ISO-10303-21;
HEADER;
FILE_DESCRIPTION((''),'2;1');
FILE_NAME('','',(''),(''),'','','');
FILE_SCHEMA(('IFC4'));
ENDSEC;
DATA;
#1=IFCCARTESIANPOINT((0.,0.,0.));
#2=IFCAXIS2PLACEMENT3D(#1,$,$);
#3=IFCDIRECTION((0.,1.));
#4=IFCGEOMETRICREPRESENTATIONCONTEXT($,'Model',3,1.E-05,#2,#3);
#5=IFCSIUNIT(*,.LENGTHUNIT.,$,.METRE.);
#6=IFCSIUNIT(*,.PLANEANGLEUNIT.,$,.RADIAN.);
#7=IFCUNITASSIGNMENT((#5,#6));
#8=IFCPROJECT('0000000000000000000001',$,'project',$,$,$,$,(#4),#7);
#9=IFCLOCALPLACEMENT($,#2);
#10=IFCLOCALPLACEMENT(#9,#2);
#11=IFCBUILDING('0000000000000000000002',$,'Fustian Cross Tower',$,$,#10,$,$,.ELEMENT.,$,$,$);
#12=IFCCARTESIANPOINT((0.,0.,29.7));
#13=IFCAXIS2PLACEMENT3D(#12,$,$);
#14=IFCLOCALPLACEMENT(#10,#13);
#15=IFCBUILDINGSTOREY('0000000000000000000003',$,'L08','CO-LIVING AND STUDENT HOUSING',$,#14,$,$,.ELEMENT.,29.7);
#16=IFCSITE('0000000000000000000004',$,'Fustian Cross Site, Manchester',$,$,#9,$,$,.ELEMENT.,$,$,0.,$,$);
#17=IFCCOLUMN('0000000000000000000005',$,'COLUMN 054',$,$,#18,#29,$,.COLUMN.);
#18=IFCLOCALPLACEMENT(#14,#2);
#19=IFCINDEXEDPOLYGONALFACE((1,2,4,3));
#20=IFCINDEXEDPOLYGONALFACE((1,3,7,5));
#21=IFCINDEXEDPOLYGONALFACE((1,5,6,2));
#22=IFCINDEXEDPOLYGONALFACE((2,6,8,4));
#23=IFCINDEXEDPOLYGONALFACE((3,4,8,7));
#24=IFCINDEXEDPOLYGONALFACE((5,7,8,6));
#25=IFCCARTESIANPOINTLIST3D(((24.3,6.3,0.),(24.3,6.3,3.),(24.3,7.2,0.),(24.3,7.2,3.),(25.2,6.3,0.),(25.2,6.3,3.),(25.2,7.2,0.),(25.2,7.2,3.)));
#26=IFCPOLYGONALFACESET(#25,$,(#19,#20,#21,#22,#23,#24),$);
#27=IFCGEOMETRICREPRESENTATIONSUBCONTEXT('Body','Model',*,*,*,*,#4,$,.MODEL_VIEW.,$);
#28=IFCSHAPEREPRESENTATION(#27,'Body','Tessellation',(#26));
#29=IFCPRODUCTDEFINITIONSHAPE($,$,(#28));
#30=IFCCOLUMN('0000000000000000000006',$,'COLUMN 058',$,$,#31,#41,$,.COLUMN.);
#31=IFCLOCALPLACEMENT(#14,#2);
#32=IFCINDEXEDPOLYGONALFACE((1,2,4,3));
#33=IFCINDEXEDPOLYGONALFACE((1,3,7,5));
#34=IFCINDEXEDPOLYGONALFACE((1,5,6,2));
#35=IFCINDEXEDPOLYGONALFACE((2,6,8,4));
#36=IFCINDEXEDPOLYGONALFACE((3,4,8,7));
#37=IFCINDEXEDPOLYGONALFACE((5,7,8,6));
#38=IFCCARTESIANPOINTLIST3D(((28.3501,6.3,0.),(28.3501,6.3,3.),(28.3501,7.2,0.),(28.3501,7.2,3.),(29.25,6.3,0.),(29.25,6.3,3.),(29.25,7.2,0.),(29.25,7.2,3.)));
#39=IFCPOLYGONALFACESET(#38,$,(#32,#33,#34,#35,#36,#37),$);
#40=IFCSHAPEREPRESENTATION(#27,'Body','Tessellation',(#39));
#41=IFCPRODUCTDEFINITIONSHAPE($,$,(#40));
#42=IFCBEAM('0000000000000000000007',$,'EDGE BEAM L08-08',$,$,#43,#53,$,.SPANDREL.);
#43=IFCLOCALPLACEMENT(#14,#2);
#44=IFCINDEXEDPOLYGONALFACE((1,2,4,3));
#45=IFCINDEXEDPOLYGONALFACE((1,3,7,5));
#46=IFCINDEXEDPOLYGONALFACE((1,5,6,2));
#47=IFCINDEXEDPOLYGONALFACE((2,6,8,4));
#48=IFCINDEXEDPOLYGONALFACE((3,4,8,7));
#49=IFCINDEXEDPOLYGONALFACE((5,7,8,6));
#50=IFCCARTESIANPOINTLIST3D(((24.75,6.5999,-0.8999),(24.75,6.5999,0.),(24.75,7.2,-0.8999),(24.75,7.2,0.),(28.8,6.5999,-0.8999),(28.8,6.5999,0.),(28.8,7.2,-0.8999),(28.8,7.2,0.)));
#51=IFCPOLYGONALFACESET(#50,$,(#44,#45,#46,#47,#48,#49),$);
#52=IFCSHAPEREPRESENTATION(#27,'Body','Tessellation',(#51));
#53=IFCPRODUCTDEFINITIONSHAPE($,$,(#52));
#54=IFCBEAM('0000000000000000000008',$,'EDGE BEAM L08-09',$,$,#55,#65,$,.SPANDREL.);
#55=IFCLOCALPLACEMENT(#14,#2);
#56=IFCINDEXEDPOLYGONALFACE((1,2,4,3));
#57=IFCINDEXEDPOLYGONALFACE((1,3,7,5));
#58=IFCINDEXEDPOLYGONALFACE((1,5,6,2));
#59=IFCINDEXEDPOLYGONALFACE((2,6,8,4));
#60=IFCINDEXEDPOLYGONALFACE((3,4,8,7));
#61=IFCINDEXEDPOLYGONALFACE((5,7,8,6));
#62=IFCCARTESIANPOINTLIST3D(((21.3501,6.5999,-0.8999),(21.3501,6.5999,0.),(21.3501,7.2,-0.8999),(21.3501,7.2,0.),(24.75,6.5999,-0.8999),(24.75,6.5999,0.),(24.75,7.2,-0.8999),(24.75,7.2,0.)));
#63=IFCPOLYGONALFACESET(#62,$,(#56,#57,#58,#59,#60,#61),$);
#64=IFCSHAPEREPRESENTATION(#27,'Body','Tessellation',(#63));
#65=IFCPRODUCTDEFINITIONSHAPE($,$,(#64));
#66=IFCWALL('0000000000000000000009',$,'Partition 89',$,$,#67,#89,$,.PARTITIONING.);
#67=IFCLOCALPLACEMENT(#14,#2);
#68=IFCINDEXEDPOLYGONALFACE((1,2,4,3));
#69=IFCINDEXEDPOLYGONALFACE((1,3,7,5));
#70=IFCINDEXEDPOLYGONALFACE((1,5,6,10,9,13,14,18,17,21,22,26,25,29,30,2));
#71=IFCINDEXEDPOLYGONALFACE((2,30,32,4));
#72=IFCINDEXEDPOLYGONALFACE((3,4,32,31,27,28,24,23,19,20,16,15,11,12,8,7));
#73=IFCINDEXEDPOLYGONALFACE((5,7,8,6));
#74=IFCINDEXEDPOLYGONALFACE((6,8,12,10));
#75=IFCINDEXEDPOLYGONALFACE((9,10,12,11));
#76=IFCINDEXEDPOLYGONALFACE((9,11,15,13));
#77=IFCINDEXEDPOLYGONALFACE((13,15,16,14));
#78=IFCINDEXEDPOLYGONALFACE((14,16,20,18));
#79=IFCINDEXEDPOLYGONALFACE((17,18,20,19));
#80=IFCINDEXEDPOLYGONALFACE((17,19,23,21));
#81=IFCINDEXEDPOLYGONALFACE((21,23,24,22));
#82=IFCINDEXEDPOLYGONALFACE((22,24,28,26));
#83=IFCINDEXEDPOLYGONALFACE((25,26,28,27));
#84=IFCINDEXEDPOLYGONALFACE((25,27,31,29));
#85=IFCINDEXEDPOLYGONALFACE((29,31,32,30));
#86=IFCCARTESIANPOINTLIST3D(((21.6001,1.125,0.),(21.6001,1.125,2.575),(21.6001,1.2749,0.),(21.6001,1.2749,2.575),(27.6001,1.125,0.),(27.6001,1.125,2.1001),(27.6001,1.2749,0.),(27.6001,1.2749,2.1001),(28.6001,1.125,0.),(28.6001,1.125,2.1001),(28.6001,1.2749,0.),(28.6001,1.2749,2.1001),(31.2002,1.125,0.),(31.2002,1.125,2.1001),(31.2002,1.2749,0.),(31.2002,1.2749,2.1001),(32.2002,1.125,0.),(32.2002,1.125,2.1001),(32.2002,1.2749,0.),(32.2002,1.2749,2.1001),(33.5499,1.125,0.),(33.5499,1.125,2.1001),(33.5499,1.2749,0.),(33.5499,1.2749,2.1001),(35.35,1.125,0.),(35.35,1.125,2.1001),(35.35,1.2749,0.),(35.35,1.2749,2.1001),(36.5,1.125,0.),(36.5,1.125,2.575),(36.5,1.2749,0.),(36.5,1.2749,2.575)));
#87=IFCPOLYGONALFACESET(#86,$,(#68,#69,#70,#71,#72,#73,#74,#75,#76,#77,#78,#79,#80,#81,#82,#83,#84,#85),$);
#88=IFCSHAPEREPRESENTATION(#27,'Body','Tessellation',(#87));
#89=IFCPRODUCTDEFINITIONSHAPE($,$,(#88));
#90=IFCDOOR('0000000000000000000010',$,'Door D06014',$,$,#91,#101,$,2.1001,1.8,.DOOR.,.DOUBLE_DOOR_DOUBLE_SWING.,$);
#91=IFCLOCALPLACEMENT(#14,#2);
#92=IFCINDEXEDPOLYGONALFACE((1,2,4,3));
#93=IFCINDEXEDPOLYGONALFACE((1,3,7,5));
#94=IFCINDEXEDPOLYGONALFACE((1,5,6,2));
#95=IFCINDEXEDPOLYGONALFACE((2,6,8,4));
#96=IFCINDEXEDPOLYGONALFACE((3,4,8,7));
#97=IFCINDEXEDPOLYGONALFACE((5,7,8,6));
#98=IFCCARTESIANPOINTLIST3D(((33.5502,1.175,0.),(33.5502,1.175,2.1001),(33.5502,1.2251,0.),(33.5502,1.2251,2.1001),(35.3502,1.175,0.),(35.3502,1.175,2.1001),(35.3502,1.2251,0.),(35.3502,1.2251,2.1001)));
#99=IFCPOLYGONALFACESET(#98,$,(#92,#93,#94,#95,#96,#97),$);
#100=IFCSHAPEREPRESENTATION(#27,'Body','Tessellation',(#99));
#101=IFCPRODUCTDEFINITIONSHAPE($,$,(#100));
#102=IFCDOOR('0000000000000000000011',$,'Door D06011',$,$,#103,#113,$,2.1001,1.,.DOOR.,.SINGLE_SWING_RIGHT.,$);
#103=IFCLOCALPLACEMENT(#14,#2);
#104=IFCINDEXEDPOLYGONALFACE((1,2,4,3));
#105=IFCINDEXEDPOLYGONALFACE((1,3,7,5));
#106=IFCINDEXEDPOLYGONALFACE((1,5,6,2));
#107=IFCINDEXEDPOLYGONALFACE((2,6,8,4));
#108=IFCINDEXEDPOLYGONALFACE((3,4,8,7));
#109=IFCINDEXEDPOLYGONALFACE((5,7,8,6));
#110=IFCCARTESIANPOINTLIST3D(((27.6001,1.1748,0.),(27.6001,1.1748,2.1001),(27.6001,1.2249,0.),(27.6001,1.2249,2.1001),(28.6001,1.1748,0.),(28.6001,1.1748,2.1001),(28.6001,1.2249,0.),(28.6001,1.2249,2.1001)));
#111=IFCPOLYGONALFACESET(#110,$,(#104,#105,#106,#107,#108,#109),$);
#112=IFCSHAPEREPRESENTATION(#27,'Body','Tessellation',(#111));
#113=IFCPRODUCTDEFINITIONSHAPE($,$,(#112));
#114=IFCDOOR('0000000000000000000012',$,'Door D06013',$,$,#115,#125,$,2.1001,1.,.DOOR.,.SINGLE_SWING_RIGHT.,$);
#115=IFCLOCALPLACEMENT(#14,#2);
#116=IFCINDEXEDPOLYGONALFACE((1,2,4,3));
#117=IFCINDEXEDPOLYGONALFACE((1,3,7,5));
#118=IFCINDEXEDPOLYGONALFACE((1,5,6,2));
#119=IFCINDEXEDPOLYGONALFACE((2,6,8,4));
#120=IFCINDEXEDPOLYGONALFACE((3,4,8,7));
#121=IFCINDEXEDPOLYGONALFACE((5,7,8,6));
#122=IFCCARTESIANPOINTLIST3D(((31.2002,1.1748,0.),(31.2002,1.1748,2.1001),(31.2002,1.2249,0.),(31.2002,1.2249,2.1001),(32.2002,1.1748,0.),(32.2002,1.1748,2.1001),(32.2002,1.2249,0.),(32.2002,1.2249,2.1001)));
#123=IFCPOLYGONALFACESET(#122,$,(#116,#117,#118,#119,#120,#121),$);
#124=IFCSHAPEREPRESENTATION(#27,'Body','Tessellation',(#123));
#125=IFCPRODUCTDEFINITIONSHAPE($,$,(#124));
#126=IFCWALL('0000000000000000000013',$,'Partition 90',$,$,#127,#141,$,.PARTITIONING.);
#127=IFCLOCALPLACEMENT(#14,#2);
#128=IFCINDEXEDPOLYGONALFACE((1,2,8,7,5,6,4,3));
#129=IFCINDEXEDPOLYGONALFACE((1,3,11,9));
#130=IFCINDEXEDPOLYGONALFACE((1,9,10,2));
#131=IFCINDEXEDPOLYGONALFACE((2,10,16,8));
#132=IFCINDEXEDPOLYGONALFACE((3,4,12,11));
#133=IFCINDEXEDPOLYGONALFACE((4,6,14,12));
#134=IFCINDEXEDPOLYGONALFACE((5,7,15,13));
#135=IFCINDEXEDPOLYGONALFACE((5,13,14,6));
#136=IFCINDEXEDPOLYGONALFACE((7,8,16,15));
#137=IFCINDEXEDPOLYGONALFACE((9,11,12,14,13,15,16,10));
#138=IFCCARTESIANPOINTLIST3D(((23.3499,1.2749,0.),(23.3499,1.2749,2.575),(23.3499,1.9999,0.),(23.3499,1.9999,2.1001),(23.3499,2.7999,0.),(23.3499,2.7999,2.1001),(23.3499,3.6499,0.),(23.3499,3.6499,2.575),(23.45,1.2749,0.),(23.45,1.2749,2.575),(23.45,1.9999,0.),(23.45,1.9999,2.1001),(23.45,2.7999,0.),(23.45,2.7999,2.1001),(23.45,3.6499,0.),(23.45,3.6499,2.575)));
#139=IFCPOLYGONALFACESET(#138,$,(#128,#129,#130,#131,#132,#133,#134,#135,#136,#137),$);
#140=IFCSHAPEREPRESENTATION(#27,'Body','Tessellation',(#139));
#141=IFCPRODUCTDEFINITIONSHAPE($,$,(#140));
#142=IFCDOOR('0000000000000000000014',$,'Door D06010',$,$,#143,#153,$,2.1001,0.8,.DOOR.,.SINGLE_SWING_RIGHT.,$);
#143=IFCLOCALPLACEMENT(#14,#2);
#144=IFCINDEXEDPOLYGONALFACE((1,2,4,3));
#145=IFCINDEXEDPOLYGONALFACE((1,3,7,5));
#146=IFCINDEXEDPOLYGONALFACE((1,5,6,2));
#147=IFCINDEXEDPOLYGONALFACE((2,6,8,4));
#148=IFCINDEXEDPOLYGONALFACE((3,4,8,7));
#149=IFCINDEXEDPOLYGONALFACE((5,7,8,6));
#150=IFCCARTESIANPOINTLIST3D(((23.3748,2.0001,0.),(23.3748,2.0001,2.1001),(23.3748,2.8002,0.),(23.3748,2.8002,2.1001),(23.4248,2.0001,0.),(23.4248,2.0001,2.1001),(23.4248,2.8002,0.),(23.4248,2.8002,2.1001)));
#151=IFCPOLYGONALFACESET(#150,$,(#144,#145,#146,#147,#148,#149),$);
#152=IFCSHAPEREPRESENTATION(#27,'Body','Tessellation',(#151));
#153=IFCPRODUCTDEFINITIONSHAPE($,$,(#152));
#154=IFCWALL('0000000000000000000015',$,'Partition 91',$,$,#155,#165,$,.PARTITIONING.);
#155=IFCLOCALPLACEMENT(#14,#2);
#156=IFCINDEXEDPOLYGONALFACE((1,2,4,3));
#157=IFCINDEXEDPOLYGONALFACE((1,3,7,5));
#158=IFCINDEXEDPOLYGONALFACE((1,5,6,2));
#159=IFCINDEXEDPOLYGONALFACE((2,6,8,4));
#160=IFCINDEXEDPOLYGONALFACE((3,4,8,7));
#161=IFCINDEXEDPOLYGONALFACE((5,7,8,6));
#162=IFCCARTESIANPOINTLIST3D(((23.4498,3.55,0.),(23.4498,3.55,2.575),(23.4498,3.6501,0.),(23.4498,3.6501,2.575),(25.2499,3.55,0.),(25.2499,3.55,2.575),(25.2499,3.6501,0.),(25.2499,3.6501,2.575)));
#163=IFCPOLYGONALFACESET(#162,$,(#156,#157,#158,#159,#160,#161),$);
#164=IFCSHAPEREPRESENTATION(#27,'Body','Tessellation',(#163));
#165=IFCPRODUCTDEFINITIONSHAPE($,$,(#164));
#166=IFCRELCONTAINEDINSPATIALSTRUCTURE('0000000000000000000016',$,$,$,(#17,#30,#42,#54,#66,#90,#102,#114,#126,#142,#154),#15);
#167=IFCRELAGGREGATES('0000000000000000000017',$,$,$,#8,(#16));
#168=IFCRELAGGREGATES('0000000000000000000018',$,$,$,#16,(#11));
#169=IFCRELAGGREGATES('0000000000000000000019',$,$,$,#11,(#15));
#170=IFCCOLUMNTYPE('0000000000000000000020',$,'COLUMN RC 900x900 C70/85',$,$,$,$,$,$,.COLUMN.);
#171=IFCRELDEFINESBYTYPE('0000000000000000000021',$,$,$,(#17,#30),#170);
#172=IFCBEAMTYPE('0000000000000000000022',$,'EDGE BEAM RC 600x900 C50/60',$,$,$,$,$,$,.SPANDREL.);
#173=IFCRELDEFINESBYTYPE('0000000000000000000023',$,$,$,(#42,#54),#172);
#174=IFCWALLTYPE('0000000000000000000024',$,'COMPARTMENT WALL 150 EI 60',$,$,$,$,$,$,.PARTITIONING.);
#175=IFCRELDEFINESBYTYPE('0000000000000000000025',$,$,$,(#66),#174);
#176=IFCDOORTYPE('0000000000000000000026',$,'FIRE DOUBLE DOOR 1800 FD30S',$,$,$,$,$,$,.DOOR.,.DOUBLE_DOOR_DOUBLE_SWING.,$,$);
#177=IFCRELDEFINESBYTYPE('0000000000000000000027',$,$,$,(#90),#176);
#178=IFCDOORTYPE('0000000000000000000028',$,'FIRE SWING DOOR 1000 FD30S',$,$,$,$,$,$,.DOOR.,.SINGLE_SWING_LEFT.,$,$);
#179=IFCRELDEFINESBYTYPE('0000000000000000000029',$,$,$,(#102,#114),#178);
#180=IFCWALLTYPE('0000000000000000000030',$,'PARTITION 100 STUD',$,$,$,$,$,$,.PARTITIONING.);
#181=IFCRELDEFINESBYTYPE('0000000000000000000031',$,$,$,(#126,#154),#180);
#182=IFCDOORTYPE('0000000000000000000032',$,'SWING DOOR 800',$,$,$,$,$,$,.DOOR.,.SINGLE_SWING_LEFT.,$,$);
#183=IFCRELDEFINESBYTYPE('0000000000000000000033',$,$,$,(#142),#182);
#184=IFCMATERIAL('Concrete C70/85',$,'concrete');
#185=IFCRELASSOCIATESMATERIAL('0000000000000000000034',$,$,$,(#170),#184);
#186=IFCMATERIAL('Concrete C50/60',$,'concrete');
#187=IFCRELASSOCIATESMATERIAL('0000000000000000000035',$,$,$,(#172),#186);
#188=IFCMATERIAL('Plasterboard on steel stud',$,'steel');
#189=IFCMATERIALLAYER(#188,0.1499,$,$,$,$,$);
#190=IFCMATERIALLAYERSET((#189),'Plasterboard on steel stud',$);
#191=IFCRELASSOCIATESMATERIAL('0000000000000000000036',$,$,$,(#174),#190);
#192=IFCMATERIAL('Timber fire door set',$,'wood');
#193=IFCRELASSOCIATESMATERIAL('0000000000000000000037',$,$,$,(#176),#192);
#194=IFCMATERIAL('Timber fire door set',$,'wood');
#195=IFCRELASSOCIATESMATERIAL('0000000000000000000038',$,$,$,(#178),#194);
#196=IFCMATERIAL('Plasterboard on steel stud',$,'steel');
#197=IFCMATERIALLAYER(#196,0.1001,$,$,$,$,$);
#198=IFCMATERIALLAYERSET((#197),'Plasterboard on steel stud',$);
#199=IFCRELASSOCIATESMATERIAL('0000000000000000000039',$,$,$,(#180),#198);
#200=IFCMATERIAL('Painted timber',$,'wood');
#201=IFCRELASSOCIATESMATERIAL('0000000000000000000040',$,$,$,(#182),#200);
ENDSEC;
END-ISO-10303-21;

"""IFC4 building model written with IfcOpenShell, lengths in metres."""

from ifc_helpers import new_model, si_unit, direction, frame, frame_2d, origin, origin_2d, place, context, subcontext, project, spatial, rectangle, extrude, material, layer, layer_set, material_profile, profile_set, type_object, element, fill, save


model = new_model("IFC4")

# Units and contexts
model_context = context("Model", 3, precision=1e-05, world=origin(), true_north=direction((0.0, 1.0)))
body_context = subcontext(model_context, "Body", "Model", "MODEL_VIEW")
ifc_project = project(units=[si_unit("LENGTHUNIT", "METRE"), si_unit("PLANEANGLEUNIT", "RADIAN")], contexts=[model_context])

# Site, building, storey
site_placement = place(None, origin())
site = spatial("IfcSite", under=ifc_project, at=site_placement, Name="Fustian Cross Site, Manchester", CompositionType="ELEMENT", RefElevation=0.0)
building_placement = place(site_placement, origin())
building = spatial("IfcBuilding", under=site, at=building_placement, Name="Fustian Cross Tower", CompositionType="ELEMENT")
storey_placement = place(building_placement, frame((0.0, 0.0, 29.7)))
storey = spatial("IfcBuildingStorey", under=building, at=storey_placement, Name="L08", Description="CO-LIVING AND STUDENT HOUSING", CompositionType="ELEMENT", Elevation=29.7)

# Columns
ifc_material_1 = material(Name="Concrete C70/85", Category="concrete")
ifc_material_profile_1 = material_profile(ifc_material_1, rectangle(XDim=0.8999, YDim=0.8999, at=origin_2d()), Name="RC 900x900")
ifc_profile_set_1 = profile_set([ifc_material_profile_1], Name="Concrete C70/85")
column_type = type_object("IfcColumnType", Name="COLUMN RC 900x900 C70/85", PredefinedType="COLUMN", material=ifc_profile_set_1)
for number, where, z_axis, x_axis, name in (
    (1, (24.75, 6.75, 0.0), (0.0, 0.0, 1.0), (1.0, 0.0, 0.0), "COLUMN 054"),
    (2, (28.8, 6.75, 0.0), (0.0, 0.0, 1.0), (1.0, 0.0, 0.0), "COLUMN 058"),
):
    element("IfcColumn", number, at=place(storey_placement, frame(where, z_axis=z_axis, x_axis=x_axis)), inside=storey, type_object=column_type, Name=name, PredefinedType="COLUMN", context=body_context, shape_type="SweptSolid", body=[
        extrude(rectangle(XDim=0.8999, YDim=0.8999, at=origin_2d()), origin(), (0.0, 0.0, 1.0), 3.0),
    ])

# Beams
ifc_material_2 = material(Name="Concrete C50/60", Category="concrete")
ifc_material_profile_2 = material_profile(ifc_material_2, rectangle(XDim=0.6001, YDim=0.8999, at=origin_2d()), Name="RC 600x900")
ifc_profile_set_2 = profile_set([ifc_material_profile_2], Name="Concrete C50/60")
beam_type = type_object("IfcBeamType", Name="EDGE BEAM RC 600x900 C50/60", PredefinedType="SPANDREL", material=ifc_profile_set_2)
beam_1_placement = place(storey_placement, frame((28.8, 6.8999, -0.45), z_axis=(-1.0, 0.0, 0.0), x_axis=(0.0, -1.0, 0.0)))
element("IfcBeam", 3, at=beam_1_placement, inside=storey, type_object=beam_type, Name="EDGE BEAM L08-08", PredefinedType="SPANDREL", context=body_context, shape_type="SweptSolid", body=[
    extrude(rectangle(XDim=0.6001, YDim=0.8999, at=origin_2d()), origin(), (0.0, 0.0, 1.0), 4.05),
])
beam_2_placement = place(storey_placement, frame((24.75, 6.8999, -0.45), z_axis=(-1.0, 0.0, 0.0), x_axis=(0.0, -1.0, 0.0)))
element("IfcBeam", 4, at=beam_2_placement, inside=storey, type_object=beam_type, Name="EDGE BEAM L08-09", PredefinedType="SPANDREL", context=body_context, shape_type="SweptSolid", body=[
    extrude(rectangle(XDim=0.6001, YDim=0.8999, at=origin_2d()), origin(), (0.0, 0.0, 1.0), 3.3999),
])

# Wall, openings, doors
ifc_material_3 = material(Name="Plasterboard on steel stud", Category="steel")
ifc_layer_1 = layer(ifc_material_3, 0.1499)
ifc_layer_set_1 = layer_set([ifc_layer_1], Name="Plasterboard on steel stud")
wall_type_1 = type_object("IfcWallType", Name="COMPARTMENT WALL 150 EI 60", PredefinedType="PARTITIONING", material=ifc_layer_set_1)
wall_1_placement = place(storey_placement, frame((21.6001, 1.2, 0.0), z_axis=(0.0, 0.0, 1.0), x_axis=(1.0, 0.0, 0.0)))
wall_1 = element("IfcWall", 5, at=wall_1_placement, inside=storey, type_object=wall_type_1, Name="Partition 89", PredefinedType="PARTITIONING", context=body_context, shape_type="SweptSolid", body=[
    extrude(rectangle(XDim=14.8999, YDim=0.1499, at=frame_2d((7.45, 0.0))), origin(), (0.0, 0.0, 1.0), 2.575),
])
opening_1_placement = place(wall_1_placement, frame((6.0, 0.0, 0.0)))
opening_1 = element("IfcOpeningElement", 6, at=opening_1_placement, cuts=wall_1, PredefinedType="OPENING", context=body_context, shape_type="SweptSolid", body=[
    extrude(rectangle(XDim=1.0, YDim=2.1001, at=frame_2d((0.5, 1.05))), frame((0.0, 0.085, 0.0), z_axis=(0.0, -1.0, 0.0), x_axis=(1.0, 0.0, 0.0)), (0.0, 0.0, 1.0), 0.1699),
])
opening_2_placement = place(wall_1_placement, frame((9.6001, 0.0, 0.0)))
opening_2 = element("IfcOpeningElement", 7, at=opening_2_placement, cuts=wall_1, PredefinedType="OPENING", context=body_context, shape_type="SweptSolid", body=[
    extrude(rectangle(XDim=1.0, YDim=2.1001, at=frame_2d((0.5, 1.05))), frame((0.0, 0.085, 0.0), z_axis=(0.0, -1.0, 0.0), x_axis=(1.0, 0.0, 0.0)), (0.0, 0.0, 1.0), 0.1699),
])
opening_3_placement = place(wall_1_placement, frame((11.95, 0.0, 0.0)))
opening_3 = element("IfcOpeningElement", 8, at=opening_3_placement, cuts=wall_1, PredefinedType="OPENING", context=body_context, shape_type="SweptSolid", body=[
    extrude(rectangle(XDim=1.8, YDim=2.1001, at=frame_2d((0.8999, 1.05))), frame((0.0, 0.085, 0.0), z_axis=(0.0, -1.0, 0.0), x_axis=(1.0, 0.0, 0.0)), (0.0, 0.0, 1.0), 0.1699),
])
ifc_material_4 = material(Name="Timber fire door set", Category="wood")
door_type_1 = type_object("IfcDoorType", Name="FIRE DOUBLE DOOR 1800 FD30S", OperationType="DOUBLE_DOOR_DOUBLE_SWING", PredefinedType="DOOR", material=ifc_material_4)
door_1_placement = place(opening_3_placement, frame((1.8, 0.0, 0.0), z_axis=(0.0, 0.0, 1.0), x_axis=(-1.0, 0.0, 0.0)))
door_1 = element("IfcDoor", 9, at=door_1_placement, inside=storey, type_object=door_type_1, Name="Door D06014", OperationType="DOUBLE_DOOR_DOUBLE_SWING", OverallHeight=2.1001, OverallWidth=1.8, PredefinedType="DOOR", context=body_context, shape_type="SweptSolid", body=[
    extrude(rectangle(XDim=1.8, YDim=2.1001, at=frame_2d((0.8999, 1.05))), frame((0.0, 0.0249, 0.0), z_axis=(0.0, -1.0, 0.0), x_axis=(1.0, 0.0, 0.0)), (0.0, 0.0, 1.0), 0.05),
])
fill(opening_3, door_1)
ifc_material_5 = material(Name="Timber fire door set", Category="wood")
door_type_2 = type_object("IfcDoorType", Name="FIRE SWING DOOR 1000 FD30S", OperationType="SINGLE_SWING_LEFT", PredefinedType="DOOR", material=ifc_material_5)
door_2_placement = place(opening_1_placement, origin())
door_2 = element("IfcDoor", 10, at=door_2_placement, inside=storey, type_object=door_type_2, Name="Door D06011", OperationType="SINGLE_SWING_RIGHT", OverallHeight=2.1001, OverallWidth=1.0, PredefinedType="DOOR", context=body_context, shape_type="SweptSolid", body=[
    extrude(rectangle(XDim=1.0, YDim=2.1001, at=frame_2d((0.5, 1.05))), frame((0.0, 0.0249, 0.0), z_axis=(0.0, -1.0, 0.0), x_axis=(1.0, 0.0, 0.0)), (0.0, 0.0, 1.0), 0.05),
])
fill(opening_1, door_2)
door_3_placement = place(opening_2_placement, origin())
door_3 = element("IfcDoor", 11, at=door_3_placement, inside=storey, type_object=door_type_2, Name="Door D06013", OperationType="SINGLE_SWING_RIGHT", OverallHeight=2.1001, OverallWidth=1.0, PredefinedType="DOOR", context=body_context, shape_type="SweptSolid", body=[
    extrude(rectangle(XDim=1.0, YDim=2.1001, at=frame_2d((0.5, 1.05))), frame((0.0, 0.0249, 0.0), z_axis=(0.0, -1.0, 0.0), x_axis=(1.0, 0.0, 0.0)), (0.0, 0.0, 1.0), 0.05),
])
fill(opening_2, door_3)

# Wall, opening, door
ifc_material_6 = material(Name="Plasterboard on steel stud", Category="steel")
ifc_layer_2 = layer(ifc_material_6, 0.1001)
ifc_layer_set_2 = layer_set([ifc_layer_2], Name="Plasterboard on steel stud")
wall_type_2 = type_object("IfcWallType", Name="PARTITION 100 STUD", PredefinedType="PARTITIONING", material=ifc_layer_set_2)
wall_2_placement = place(storey_placement, frame((23.3999, 1.2749, 0.0), z_axis=(0.0, 0.0, 1.0), x_axis=(0.0, 1.0, 0.0)))
wall_2 = element("IfcWall", 12, at=wall_2_placement, inside=storey, type_object=wall_type_2, Name="Partition 90", PredefinedType="PARTITIONING", context=body_context, shape_type="SweptSolid", body=[
    extrude(rectangle(XDim=2.375, YDim=0.1001, at=frame_2d((1.1875, 0.0))), origin(), (0.0, 0.0, 1.0), 2.575),
])
opening_4_placement = place(wall_2_placement, frame((0.7251, 0.0, 0.0)))
opening_4 = element("IfcOpeningElement", 13, at=opening_4_placement, cuts=wall_2, PredefinedType="OPENING", context=body_context, shape_type="SweptSolid", body=[
    extrude(rectangle(XDim=0.8, YDim=2.1001, at=frame_2d((0.3999, 1.05))), frame((0.0, 0.0601, 0.0), z_axis=(0.0, -1.0, 0.0), x_axis=(1.0, 0.0, 0.0)), (0.0, 0.0, 1.0), 0.1201),
])
ifc_material_7 = material(Name="Painted timber", Category="wood")
door_type_3 = type_object("IfcDoorType", Name="SWING DOOR 800", OperationType="SINGLE_SWING_LEFT", PredefinedType="DOOR", material=ifc_material_7)
door_4_placement = place(opening_4_placement, frame((0.8, 0.0, 0.0), z_axis=(0.0, 0.0, 1.0), x_axis=(-1.0, 0.0, 0.0)))
door_4 = element("IfcDoor", 14, at=door_4_placement, inside=storey, type_object=door_type_3, Name="Door D06010", OperationType="SINGLE_SWING_RIGHT", OverallHeight=2.1001, OverallWidth=0.8, PredefinedType="DOOR", context=body_context, shape_type="SweptSolid", body=[
    extrude(rectangle(XDim=0.8, YDim=2.1001, at=frame_2d((0.3999, 1.05))), frame((0.0, 0.0249, 0.0), z_axis=(0.0, -1.0, 0.0), x_axis=(1.0, 0.0, 0.0)), (0.0, 0.0, 1.0), 0.05),
])
fill(opening_4, door_4)

# Wall
wall_3_placement = place(storey_placement, frame((23.45, 3.6001, 0.0), z_axis=(0.0, 0.0, 1.0), x_axis=(1.0, 0.0, 0.0)))
element("IfcWall", 15, at=wall_3_placement, inside=storey, type_object=wall_type_2, Name="Partition 91", PredefinedType="PARTITIONING", context=body_context, shape_type="SweptSolid", body=[
    extrude(rectangle(XDim=1.8, YDim=0.1001, at=frame_2d((0.8999, 0.0))), origin(), (0.0, 0.0, 1.0), 2.575),
])

save(model, "model.ifc")
